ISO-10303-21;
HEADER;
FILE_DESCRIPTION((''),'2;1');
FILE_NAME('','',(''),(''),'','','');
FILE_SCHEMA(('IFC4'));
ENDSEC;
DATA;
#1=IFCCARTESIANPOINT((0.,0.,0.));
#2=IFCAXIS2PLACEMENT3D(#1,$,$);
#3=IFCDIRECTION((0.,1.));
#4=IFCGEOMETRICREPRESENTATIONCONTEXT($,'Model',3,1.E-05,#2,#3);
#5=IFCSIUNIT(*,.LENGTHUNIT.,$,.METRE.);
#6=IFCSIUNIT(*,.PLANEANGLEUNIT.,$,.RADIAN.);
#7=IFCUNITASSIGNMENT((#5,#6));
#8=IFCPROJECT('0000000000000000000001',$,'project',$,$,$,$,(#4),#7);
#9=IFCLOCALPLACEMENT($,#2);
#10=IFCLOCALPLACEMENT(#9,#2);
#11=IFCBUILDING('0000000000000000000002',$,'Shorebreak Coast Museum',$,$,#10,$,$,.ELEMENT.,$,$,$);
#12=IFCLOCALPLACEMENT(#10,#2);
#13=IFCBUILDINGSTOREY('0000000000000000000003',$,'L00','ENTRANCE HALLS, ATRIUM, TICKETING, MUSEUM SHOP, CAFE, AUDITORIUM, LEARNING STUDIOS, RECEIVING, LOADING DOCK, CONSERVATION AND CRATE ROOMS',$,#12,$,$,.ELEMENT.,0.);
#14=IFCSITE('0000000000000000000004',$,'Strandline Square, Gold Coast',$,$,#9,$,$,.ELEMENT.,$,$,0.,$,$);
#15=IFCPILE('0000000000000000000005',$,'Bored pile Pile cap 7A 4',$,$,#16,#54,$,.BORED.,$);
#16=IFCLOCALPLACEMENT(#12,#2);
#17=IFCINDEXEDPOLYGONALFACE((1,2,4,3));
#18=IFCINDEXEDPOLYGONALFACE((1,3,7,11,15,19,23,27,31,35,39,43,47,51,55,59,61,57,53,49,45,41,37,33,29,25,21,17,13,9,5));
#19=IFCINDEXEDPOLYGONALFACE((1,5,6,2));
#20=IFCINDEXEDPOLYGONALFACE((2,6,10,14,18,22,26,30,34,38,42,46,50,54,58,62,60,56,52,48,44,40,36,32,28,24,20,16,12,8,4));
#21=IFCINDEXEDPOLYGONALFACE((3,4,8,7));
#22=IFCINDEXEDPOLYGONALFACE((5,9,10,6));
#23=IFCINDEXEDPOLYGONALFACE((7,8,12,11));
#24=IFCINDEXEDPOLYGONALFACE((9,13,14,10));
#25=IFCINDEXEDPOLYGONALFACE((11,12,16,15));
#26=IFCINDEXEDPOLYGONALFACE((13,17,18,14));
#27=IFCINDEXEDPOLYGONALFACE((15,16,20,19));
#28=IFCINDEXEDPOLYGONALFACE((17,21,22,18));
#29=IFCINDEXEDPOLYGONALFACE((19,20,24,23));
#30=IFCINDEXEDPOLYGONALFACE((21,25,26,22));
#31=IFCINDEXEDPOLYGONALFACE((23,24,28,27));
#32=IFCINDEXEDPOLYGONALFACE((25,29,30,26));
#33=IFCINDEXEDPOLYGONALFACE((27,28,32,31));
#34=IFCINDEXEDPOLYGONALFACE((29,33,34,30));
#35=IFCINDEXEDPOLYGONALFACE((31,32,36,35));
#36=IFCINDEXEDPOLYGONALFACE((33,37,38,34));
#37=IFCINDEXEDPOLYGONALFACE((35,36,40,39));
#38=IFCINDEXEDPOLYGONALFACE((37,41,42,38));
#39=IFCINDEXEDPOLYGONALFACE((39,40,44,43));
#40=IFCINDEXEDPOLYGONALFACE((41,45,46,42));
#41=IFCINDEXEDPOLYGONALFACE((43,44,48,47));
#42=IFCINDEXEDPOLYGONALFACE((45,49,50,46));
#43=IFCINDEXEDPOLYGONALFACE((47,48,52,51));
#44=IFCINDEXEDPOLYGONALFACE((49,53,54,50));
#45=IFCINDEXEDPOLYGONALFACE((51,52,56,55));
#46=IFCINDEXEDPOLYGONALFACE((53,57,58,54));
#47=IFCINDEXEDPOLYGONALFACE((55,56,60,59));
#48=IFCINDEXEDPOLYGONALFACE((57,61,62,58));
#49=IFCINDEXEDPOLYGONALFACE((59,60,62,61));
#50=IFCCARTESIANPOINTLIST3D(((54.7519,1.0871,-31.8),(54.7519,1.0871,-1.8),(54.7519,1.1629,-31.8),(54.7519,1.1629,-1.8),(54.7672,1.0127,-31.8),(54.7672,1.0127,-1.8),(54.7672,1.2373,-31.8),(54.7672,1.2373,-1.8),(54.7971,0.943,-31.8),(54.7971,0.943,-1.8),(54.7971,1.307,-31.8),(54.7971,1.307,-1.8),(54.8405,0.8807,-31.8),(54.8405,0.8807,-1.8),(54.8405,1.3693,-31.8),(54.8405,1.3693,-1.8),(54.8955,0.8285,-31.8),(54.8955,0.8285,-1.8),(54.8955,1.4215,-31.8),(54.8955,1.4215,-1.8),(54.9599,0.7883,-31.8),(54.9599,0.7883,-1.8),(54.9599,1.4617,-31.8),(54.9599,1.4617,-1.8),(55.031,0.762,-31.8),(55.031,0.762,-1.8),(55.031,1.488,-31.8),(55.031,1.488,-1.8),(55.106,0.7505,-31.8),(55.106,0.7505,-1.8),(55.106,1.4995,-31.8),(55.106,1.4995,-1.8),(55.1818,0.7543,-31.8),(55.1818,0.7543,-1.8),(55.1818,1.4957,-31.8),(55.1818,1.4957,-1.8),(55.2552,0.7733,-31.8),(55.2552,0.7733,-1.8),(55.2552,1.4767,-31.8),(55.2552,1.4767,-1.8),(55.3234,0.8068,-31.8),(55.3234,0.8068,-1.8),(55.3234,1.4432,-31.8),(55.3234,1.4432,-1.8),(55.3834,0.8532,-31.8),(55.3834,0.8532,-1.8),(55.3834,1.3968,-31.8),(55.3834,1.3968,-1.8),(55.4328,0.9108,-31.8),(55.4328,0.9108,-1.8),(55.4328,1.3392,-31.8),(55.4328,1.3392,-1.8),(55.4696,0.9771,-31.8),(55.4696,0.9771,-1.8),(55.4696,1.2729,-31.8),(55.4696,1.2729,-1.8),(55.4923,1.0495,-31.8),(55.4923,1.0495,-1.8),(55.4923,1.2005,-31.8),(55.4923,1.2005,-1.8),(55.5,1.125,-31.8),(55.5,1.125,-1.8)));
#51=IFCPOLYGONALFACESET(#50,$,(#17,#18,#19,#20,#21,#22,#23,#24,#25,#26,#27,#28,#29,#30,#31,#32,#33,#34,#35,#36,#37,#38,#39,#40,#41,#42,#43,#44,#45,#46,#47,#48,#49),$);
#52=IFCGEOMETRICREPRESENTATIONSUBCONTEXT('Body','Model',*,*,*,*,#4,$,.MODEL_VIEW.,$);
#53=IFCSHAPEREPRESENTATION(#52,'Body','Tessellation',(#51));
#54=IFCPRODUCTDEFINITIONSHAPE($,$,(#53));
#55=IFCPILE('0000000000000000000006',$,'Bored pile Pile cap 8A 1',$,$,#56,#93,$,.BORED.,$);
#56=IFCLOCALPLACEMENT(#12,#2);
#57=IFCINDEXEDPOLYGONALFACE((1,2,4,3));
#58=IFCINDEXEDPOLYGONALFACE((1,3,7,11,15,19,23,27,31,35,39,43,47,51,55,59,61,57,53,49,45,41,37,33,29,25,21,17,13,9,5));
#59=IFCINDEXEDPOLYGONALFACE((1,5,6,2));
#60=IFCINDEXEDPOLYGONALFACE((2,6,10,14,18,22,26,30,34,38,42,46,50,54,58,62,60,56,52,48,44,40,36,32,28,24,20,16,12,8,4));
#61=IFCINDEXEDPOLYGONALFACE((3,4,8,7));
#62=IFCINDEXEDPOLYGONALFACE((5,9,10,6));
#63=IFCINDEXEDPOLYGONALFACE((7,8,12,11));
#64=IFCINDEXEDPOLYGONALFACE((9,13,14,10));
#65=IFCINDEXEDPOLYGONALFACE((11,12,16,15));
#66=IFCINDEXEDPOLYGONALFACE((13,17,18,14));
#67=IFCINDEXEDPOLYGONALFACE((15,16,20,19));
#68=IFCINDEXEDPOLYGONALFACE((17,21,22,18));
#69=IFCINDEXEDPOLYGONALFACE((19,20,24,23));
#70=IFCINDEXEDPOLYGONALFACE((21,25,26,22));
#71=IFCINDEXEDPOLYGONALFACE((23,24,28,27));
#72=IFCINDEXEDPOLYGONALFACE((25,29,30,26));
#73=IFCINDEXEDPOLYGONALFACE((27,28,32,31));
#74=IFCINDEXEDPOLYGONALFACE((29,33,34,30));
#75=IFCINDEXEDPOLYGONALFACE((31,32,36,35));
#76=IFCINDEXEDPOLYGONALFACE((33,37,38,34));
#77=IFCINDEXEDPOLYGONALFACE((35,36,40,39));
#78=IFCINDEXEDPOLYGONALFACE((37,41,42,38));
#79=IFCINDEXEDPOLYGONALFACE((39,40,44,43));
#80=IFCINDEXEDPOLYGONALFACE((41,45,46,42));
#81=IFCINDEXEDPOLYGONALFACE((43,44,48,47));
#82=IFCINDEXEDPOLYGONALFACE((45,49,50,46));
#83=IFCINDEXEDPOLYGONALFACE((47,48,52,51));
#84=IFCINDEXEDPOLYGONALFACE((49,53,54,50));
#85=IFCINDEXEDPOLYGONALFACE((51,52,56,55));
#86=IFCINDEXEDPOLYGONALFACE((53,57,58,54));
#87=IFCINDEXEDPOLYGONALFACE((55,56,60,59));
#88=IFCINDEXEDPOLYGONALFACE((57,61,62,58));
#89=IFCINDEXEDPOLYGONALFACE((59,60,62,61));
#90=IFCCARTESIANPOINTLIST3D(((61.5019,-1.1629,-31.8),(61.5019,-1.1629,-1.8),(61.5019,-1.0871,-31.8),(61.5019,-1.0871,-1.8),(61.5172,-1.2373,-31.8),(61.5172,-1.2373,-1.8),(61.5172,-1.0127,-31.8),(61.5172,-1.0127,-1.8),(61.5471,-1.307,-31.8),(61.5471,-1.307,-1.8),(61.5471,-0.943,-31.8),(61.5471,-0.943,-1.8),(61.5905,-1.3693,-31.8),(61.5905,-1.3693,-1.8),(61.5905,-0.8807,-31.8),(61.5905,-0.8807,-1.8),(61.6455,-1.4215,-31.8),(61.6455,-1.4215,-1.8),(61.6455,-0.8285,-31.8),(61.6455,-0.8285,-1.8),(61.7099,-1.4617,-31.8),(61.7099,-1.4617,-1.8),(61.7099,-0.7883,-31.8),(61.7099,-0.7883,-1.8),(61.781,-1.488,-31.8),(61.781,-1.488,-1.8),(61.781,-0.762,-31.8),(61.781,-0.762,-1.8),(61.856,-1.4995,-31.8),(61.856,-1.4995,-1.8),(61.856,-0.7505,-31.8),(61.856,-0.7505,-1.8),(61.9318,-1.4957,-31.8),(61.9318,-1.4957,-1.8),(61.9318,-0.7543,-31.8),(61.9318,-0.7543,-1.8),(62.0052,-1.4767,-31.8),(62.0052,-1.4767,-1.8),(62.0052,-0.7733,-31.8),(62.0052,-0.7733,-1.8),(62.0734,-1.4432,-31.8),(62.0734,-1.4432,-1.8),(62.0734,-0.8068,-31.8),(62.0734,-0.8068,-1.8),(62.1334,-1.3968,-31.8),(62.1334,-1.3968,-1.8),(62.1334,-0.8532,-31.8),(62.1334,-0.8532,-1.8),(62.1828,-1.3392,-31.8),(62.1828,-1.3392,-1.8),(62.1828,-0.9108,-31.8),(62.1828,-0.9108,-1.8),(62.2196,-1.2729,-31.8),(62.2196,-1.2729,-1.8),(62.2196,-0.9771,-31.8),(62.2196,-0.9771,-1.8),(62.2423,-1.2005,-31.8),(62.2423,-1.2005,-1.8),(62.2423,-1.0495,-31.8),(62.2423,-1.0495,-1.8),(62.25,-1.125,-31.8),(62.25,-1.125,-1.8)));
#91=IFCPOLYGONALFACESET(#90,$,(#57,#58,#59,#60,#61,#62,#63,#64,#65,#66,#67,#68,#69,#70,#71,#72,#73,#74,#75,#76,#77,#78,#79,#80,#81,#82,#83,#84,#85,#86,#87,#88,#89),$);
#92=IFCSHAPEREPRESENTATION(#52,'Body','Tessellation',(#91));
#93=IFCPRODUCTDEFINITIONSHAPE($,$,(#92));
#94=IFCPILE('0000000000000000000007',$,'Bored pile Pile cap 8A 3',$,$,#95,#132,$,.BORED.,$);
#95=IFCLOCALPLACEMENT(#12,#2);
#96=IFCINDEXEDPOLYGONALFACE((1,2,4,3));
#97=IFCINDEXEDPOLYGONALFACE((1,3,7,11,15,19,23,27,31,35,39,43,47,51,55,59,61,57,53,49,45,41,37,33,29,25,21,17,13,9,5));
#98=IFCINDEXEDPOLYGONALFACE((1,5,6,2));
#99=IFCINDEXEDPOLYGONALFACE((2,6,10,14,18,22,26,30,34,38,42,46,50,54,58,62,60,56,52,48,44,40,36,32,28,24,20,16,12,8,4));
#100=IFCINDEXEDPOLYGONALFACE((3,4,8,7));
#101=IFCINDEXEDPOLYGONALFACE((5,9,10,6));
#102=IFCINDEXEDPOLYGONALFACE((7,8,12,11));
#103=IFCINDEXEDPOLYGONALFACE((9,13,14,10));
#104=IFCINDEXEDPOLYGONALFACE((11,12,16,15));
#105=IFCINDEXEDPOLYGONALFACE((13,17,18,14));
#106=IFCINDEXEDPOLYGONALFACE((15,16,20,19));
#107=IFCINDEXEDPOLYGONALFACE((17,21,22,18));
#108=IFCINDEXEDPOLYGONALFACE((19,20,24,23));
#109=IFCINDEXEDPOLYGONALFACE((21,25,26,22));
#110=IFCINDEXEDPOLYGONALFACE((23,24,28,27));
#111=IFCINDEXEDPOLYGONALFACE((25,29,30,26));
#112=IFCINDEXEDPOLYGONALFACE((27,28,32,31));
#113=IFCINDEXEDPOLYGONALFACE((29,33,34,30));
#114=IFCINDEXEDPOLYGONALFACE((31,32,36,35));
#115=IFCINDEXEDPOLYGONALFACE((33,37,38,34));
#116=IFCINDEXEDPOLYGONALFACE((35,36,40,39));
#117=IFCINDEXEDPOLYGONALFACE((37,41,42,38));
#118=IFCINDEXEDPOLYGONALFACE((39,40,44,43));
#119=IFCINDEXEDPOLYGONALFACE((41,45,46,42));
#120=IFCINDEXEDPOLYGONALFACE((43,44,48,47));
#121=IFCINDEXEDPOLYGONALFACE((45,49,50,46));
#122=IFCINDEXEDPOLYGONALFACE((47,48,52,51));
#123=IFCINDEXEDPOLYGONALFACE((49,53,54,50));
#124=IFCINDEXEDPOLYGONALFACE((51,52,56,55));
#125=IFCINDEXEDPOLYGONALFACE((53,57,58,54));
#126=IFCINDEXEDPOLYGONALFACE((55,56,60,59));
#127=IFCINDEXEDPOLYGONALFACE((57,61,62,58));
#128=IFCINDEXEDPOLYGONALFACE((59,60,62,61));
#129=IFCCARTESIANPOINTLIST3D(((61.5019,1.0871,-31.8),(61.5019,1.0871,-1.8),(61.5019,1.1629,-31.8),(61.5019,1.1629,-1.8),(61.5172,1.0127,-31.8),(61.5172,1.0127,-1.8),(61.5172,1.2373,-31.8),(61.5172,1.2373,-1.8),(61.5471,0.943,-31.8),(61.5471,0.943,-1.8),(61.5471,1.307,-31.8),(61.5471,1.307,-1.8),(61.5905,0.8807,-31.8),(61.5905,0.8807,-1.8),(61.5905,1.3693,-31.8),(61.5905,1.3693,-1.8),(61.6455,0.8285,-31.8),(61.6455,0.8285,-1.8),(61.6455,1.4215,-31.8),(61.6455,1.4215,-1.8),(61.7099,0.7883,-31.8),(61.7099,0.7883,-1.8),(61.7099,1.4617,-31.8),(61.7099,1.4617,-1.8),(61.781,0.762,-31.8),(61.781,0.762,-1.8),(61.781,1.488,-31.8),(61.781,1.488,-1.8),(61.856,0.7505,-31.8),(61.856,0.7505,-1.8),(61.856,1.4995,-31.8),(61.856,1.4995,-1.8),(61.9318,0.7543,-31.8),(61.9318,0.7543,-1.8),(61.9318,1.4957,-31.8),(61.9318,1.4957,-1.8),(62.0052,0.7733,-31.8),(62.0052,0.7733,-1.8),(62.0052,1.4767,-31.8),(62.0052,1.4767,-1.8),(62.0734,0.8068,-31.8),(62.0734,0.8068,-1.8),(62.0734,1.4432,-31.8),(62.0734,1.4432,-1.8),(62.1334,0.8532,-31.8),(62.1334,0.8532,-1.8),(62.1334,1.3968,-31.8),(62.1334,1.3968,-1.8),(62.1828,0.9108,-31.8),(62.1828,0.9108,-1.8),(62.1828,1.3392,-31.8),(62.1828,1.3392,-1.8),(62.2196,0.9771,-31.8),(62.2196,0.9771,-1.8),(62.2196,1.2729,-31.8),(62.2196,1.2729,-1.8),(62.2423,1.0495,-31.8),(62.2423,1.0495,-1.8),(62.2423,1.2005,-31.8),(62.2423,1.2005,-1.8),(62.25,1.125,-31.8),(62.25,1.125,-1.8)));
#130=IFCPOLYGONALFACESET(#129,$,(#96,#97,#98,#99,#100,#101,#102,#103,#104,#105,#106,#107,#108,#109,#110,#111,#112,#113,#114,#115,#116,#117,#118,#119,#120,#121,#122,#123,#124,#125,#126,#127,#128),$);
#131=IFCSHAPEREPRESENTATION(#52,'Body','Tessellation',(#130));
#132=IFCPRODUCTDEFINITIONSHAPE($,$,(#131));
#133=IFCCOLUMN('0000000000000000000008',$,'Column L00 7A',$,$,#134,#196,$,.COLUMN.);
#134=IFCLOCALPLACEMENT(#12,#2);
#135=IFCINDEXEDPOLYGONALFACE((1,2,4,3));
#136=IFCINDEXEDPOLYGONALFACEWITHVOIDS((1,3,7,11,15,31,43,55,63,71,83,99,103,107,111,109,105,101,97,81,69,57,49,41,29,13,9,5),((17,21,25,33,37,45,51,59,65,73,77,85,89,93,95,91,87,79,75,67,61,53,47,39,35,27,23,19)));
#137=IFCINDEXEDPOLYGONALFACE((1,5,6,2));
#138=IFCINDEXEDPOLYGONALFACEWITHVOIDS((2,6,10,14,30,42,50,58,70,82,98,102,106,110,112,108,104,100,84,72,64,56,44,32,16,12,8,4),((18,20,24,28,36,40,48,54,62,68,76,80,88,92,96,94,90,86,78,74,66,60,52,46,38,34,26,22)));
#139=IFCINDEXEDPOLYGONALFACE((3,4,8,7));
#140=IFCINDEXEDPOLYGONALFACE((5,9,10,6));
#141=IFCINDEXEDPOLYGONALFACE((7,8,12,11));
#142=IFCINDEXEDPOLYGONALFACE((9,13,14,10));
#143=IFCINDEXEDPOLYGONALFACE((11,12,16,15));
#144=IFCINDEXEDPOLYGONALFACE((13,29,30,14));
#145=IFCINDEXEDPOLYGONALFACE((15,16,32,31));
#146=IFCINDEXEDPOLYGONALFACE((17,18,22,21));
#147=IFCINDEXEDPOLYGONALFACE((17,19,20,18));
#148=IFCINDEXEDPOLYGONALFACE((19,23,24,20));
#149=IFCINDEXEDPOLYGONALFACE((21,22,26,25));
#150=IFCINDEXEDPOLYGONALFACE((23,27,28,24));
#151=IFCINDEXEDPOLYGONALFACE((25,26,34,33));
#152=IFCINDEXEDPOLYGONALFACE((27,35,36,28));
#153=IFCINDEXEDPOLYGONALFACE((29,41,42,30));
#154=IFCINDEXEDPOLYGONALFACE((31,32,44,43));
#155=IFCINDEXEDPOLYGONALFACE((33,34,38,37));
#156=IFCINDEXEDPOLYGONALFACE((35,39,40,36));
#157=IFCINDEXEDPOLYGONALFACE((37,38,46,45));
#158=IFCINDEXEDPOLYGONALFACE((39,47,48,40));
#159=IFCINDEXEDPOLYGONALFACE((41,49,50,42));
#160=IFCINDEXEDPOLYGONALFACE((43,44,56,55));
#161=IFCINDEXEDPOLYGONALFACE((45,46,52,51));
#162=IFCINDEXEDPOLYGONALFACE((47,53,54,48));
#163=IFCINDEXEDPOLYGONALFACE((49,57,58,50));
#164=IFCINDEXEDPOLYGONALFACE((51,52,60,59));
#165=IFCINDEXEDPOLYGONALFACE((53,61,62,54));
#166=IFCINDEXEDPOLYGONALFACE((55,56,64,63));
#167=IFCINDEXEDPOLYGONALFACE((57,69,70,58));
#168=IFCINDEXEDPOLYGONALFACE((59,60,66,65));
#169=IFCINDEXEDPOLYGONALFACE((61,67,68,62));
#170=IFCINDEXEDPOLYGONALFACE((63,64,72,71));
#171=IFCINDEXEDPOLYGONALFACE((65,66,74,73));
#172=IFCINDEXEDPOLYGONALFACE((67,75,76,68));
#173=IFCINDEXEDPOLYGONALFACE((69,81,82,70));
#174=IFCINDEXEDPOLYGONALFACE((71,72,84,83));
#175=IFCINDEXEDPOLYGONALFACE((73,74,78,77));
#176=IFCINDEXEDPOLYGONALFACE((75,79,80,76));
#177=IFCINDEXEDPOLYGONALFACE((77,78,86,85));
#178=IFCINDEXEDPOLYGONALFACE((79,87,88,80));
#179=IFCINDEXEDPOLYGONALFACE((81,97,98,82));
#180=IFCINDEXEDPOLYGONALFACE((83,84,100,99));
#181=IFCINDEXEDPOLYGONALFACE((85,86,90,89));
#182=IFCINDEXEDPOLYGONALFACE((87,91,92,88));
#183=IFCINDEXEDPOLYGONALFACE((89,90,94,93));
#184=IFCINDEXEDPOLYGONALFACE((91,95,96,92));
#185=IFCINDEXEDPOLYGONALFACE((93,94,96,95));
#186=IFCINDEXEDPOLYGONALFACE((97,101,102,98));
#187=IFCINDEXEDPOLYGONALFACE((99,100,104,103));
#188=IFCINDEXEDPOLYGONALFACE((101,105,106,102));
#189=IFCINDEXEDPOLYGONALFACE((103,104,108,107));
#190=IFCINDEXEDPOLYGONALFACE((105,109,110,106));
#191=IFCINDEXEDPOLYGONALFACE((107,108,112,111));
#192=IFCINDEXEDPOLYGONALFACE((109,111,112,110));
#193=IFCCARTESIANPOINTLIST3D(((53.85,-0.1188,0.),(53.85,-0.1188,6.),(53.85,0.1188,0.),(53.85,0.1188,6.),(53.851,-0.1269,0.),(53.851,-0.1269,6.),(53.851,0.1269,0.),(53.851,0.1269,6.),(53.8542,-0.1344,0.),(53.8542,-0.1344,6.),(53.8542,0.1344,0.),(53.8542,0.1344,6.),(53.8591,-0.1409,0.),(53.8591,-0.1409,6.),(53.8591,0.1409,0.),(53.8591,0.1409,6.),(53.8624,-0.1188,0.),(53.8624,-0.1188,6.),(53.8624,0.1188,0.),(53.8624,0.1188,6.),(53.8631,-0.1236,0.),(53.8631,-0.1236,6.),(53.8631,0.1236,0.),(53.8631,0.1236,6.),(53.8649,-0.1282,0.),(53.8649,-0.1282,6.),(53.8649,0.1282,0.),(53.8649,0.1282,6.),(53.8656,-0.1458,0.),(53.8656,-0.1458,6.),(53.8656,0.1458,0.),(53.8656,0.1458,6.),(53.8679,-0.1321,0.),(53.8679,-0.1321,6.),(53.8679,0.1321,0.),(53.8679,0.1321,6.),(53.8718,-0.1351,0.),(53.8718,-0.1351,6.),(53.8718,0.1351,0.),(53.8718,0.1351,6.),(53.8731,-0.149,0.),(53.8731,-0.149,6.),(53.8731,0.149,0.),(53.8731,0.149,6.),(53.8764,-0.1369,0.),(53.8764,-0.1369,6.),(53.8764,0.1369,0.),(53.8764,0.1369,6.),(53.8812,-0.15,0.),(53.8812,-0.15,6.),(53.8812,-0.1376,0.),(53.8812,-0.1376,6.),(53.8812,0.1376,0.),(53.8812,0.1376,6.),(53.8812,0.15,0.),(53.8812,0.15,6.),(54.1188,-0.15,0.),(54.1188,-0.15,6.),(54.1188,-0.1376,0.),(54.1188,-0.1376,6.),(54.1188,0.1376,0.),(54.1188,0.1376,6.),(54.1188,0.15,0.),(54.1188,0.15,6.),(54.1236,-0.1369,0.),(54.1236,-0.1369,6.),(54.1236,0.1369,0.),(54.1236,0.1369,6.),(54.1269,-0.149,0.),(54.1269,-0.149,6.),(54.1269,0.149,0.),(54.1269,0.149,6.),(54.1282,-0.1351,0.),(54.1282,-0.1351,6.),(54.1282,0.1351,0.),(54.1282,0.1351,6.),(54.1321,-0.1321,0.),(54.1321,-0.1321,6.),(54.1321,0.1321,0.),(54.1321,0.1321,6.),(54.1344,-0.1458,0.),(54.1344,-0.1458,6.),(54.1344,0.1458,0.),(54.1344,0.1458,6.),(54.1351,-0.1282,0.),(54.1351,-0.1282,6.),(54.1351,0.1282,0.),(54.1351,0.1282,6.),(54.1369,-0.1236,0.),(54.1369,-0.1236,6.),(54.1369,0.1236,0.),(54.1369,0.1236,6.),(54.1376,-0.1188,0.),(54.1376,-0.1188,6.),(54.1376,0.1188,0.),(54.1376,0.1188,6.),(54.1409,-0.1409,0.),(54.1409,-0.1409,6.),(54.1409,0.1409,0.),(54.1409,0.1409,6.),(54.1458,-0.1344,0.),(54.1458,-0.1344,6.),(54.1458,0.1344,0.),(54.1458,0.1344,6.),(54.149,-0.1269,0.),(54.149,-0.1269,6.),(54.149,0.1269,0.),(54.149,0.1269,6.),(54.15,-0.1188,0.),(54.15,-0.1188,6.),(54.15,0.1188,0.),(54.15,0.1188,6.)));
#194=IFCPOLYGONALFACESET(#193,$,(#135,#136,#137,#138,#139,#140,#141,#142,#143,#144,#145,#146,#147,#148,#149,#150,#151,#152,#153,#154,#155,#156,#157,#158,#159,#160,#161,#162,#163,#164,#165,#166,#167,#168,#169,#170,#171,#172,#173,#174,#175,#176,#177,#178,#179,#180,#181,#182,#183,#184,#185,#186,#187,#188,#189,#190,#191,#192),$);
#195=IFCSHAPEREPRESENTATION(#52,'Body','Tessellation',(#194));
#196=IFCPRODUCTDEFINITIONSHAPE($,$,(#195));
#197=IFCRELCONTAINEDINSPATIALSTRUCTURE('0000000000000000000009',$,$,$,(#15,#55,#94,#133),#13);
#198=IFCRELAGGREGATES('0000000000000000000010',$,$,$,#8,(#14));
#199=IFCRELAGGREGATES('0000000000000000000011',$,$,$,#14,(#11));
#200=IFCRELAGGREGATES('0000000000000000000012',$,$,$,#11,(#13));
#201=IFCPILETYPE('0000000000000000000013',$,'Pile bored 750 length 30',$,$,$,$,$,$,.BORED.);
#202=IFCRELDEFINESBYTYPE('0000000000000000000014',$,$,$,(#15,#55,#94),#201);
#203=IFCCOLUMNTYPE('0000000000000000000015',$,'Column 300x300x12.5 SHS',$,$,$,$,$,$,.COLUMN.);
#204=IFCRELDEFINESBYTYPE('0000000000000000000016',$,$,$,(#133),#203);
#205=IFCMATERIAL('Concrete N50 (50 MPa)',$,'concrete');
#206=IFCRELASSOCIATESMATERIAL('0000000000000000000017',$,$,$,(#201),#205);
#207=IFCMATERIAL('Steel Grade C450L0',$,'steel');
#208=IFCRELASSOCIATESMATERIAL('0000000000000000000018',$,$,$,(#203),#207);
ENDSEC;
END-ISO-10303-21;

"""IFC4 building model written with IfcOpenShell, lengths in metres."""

from ifc_helpers import new_model, si_unit, direction, frame, origin, origin_2d, place, context, subcontext, project, spatial, hollow_rectangle, circle, extrude, material, material_profile, profile_set, type_object, element, save


model = new_model("IFC4")

# Units and contexts
model_context = context("Model", 3, precision=1e-05, world=origin(), true_north=direction((0.0, 1.0)))
body_context = subcontext(model_context, "Body", "Model", "MODEL_VIEW")
ifc_project = project(units=[si_unit("LENGTHUNIT", "METRE"), si_unit("PLANEANGLEUNIT", "RADIAN")], contexts=[model_context])

# Site, building, storey
site_placement = place(None, origin())
site = spatial("IfcSite", under=ifc_project, at=site_placement, Name="Strandline Square, Gold Coast", CompositionType="ELEMENT", RefElevation=0.0)
building_placement = place(site_placement, origin())
building = spatial("IfcBuilding", under=site, at=building_placement, Name="Shorebreak Coast Museum", CompositionType="ELEMENT")
storey_placement = place(building_placement, origin())
storey = spatial("IfcBuildingStorey", under=building, at=storey_placement, Name="L00", Description="ENTRANCE HALLS, ATRIUM, TICKETING, MUSEUM SHOP, CAFE, AUDITORIUM, LEARNING STUDIOS, RECEIVING, LOADING DOCK, CONSERVATION AND CRATE ROOMS", CompositionType="ELEMENT", Elevation=0.0)

# Piles
ifc_material_1 = material(Name="Concrete N50 (50 MPa)", Category="concrete")
ifc_material_profile_1 = material_profile(ifc_material_1, circle(Radius=0.375, at=origin_2d()), Name="Pile bored 750 length 30")
ifc_profile_set_1 = profile_set([ifc_material_profile_1], Name="Concrete N50 (50 MPa)")
pile_type_1 = type_object("IfcPileType", Name="Pile bored 750 length 30", PredefinedType="BORED", material=ifc_profile_set_1)
for number, where, z_axis, x_axis, name in (
    (1, (55.125, 1.125, -1.8), (0.0, 0.0, -1.0), (1.0, 0.0, 0.0), "Bored pile Pile cap 7A 4"),
    (2, (61.875, -1.125, -1.8), (0.0, 0.0, -1.0), (1.0, 0.0, 0.0), "Bored pile Pile cap 8A 1"),
    (3, (61.875, 1.125, -1.8), (0.0, 0.0, -1.0), (1.0, 0.0, 0.0), "Bored pile Pile cap 8A 3"),
):
    element("IfcPile", number, at=place(storey_placement, frame(where, z_axis=z_axis, x_axis=x_axis)), inside=storey, type_object=pile_type_1, Name=name, PredefinedType="BORED", context=body_context, shape_type="SweptSolid", body=[
        extrude(circle(Radius=0.375, at=origin_2d()), origin(), (0.0, 0.0, 1.0), 30.0),
    ])

# Column
ifc_material_2 = material(Name="Steel Grade C450L0", Category="steel")
ifc_material_profile_2 = material_profile(ifc_material_2, hollow_rectangle(XDim=0.3, YDim=0.3, WallThickness=0.0125, InnerFilletRadius=0.0188, OuterFilletRadius=0.0312, at=origin_2d()), Name="300x300x12.5 SHS")
ifc_profile_set_2 = profile_set([ifc_material_profile_2], Name="Steel Grade C450L0")
column_type = type_object("IfcColumnType", Name="Column 300x300x12.5 SHS", PredefinedType="COLUMN", material=ifc_profile_set_2)
column_placement = place(storey_placement, frame((54.0, 0.0, 0.0), z_axis=(0.0, 0.0, 1.0), x_axis=(1.0, 0.0, 0.0)))
element("IfcColumn", 4, at=column_placement, inside=storey, type_object=column_type, Name="Column L00 7A", PredefinedType="COLUMN", context=body_context, shape_type="SweptSolid", body=[
    extrude(hollow_rectangle(XDim=0.3, YDim=0.3, WallThickness=0.0125, InnerFilletRadius=0.0188, OuterFilletRadius=0.0312, at=origin_2d()), origin(), (0.0, 0.0, 1.0), 6.0),
])

save(model, "model.ifc")
